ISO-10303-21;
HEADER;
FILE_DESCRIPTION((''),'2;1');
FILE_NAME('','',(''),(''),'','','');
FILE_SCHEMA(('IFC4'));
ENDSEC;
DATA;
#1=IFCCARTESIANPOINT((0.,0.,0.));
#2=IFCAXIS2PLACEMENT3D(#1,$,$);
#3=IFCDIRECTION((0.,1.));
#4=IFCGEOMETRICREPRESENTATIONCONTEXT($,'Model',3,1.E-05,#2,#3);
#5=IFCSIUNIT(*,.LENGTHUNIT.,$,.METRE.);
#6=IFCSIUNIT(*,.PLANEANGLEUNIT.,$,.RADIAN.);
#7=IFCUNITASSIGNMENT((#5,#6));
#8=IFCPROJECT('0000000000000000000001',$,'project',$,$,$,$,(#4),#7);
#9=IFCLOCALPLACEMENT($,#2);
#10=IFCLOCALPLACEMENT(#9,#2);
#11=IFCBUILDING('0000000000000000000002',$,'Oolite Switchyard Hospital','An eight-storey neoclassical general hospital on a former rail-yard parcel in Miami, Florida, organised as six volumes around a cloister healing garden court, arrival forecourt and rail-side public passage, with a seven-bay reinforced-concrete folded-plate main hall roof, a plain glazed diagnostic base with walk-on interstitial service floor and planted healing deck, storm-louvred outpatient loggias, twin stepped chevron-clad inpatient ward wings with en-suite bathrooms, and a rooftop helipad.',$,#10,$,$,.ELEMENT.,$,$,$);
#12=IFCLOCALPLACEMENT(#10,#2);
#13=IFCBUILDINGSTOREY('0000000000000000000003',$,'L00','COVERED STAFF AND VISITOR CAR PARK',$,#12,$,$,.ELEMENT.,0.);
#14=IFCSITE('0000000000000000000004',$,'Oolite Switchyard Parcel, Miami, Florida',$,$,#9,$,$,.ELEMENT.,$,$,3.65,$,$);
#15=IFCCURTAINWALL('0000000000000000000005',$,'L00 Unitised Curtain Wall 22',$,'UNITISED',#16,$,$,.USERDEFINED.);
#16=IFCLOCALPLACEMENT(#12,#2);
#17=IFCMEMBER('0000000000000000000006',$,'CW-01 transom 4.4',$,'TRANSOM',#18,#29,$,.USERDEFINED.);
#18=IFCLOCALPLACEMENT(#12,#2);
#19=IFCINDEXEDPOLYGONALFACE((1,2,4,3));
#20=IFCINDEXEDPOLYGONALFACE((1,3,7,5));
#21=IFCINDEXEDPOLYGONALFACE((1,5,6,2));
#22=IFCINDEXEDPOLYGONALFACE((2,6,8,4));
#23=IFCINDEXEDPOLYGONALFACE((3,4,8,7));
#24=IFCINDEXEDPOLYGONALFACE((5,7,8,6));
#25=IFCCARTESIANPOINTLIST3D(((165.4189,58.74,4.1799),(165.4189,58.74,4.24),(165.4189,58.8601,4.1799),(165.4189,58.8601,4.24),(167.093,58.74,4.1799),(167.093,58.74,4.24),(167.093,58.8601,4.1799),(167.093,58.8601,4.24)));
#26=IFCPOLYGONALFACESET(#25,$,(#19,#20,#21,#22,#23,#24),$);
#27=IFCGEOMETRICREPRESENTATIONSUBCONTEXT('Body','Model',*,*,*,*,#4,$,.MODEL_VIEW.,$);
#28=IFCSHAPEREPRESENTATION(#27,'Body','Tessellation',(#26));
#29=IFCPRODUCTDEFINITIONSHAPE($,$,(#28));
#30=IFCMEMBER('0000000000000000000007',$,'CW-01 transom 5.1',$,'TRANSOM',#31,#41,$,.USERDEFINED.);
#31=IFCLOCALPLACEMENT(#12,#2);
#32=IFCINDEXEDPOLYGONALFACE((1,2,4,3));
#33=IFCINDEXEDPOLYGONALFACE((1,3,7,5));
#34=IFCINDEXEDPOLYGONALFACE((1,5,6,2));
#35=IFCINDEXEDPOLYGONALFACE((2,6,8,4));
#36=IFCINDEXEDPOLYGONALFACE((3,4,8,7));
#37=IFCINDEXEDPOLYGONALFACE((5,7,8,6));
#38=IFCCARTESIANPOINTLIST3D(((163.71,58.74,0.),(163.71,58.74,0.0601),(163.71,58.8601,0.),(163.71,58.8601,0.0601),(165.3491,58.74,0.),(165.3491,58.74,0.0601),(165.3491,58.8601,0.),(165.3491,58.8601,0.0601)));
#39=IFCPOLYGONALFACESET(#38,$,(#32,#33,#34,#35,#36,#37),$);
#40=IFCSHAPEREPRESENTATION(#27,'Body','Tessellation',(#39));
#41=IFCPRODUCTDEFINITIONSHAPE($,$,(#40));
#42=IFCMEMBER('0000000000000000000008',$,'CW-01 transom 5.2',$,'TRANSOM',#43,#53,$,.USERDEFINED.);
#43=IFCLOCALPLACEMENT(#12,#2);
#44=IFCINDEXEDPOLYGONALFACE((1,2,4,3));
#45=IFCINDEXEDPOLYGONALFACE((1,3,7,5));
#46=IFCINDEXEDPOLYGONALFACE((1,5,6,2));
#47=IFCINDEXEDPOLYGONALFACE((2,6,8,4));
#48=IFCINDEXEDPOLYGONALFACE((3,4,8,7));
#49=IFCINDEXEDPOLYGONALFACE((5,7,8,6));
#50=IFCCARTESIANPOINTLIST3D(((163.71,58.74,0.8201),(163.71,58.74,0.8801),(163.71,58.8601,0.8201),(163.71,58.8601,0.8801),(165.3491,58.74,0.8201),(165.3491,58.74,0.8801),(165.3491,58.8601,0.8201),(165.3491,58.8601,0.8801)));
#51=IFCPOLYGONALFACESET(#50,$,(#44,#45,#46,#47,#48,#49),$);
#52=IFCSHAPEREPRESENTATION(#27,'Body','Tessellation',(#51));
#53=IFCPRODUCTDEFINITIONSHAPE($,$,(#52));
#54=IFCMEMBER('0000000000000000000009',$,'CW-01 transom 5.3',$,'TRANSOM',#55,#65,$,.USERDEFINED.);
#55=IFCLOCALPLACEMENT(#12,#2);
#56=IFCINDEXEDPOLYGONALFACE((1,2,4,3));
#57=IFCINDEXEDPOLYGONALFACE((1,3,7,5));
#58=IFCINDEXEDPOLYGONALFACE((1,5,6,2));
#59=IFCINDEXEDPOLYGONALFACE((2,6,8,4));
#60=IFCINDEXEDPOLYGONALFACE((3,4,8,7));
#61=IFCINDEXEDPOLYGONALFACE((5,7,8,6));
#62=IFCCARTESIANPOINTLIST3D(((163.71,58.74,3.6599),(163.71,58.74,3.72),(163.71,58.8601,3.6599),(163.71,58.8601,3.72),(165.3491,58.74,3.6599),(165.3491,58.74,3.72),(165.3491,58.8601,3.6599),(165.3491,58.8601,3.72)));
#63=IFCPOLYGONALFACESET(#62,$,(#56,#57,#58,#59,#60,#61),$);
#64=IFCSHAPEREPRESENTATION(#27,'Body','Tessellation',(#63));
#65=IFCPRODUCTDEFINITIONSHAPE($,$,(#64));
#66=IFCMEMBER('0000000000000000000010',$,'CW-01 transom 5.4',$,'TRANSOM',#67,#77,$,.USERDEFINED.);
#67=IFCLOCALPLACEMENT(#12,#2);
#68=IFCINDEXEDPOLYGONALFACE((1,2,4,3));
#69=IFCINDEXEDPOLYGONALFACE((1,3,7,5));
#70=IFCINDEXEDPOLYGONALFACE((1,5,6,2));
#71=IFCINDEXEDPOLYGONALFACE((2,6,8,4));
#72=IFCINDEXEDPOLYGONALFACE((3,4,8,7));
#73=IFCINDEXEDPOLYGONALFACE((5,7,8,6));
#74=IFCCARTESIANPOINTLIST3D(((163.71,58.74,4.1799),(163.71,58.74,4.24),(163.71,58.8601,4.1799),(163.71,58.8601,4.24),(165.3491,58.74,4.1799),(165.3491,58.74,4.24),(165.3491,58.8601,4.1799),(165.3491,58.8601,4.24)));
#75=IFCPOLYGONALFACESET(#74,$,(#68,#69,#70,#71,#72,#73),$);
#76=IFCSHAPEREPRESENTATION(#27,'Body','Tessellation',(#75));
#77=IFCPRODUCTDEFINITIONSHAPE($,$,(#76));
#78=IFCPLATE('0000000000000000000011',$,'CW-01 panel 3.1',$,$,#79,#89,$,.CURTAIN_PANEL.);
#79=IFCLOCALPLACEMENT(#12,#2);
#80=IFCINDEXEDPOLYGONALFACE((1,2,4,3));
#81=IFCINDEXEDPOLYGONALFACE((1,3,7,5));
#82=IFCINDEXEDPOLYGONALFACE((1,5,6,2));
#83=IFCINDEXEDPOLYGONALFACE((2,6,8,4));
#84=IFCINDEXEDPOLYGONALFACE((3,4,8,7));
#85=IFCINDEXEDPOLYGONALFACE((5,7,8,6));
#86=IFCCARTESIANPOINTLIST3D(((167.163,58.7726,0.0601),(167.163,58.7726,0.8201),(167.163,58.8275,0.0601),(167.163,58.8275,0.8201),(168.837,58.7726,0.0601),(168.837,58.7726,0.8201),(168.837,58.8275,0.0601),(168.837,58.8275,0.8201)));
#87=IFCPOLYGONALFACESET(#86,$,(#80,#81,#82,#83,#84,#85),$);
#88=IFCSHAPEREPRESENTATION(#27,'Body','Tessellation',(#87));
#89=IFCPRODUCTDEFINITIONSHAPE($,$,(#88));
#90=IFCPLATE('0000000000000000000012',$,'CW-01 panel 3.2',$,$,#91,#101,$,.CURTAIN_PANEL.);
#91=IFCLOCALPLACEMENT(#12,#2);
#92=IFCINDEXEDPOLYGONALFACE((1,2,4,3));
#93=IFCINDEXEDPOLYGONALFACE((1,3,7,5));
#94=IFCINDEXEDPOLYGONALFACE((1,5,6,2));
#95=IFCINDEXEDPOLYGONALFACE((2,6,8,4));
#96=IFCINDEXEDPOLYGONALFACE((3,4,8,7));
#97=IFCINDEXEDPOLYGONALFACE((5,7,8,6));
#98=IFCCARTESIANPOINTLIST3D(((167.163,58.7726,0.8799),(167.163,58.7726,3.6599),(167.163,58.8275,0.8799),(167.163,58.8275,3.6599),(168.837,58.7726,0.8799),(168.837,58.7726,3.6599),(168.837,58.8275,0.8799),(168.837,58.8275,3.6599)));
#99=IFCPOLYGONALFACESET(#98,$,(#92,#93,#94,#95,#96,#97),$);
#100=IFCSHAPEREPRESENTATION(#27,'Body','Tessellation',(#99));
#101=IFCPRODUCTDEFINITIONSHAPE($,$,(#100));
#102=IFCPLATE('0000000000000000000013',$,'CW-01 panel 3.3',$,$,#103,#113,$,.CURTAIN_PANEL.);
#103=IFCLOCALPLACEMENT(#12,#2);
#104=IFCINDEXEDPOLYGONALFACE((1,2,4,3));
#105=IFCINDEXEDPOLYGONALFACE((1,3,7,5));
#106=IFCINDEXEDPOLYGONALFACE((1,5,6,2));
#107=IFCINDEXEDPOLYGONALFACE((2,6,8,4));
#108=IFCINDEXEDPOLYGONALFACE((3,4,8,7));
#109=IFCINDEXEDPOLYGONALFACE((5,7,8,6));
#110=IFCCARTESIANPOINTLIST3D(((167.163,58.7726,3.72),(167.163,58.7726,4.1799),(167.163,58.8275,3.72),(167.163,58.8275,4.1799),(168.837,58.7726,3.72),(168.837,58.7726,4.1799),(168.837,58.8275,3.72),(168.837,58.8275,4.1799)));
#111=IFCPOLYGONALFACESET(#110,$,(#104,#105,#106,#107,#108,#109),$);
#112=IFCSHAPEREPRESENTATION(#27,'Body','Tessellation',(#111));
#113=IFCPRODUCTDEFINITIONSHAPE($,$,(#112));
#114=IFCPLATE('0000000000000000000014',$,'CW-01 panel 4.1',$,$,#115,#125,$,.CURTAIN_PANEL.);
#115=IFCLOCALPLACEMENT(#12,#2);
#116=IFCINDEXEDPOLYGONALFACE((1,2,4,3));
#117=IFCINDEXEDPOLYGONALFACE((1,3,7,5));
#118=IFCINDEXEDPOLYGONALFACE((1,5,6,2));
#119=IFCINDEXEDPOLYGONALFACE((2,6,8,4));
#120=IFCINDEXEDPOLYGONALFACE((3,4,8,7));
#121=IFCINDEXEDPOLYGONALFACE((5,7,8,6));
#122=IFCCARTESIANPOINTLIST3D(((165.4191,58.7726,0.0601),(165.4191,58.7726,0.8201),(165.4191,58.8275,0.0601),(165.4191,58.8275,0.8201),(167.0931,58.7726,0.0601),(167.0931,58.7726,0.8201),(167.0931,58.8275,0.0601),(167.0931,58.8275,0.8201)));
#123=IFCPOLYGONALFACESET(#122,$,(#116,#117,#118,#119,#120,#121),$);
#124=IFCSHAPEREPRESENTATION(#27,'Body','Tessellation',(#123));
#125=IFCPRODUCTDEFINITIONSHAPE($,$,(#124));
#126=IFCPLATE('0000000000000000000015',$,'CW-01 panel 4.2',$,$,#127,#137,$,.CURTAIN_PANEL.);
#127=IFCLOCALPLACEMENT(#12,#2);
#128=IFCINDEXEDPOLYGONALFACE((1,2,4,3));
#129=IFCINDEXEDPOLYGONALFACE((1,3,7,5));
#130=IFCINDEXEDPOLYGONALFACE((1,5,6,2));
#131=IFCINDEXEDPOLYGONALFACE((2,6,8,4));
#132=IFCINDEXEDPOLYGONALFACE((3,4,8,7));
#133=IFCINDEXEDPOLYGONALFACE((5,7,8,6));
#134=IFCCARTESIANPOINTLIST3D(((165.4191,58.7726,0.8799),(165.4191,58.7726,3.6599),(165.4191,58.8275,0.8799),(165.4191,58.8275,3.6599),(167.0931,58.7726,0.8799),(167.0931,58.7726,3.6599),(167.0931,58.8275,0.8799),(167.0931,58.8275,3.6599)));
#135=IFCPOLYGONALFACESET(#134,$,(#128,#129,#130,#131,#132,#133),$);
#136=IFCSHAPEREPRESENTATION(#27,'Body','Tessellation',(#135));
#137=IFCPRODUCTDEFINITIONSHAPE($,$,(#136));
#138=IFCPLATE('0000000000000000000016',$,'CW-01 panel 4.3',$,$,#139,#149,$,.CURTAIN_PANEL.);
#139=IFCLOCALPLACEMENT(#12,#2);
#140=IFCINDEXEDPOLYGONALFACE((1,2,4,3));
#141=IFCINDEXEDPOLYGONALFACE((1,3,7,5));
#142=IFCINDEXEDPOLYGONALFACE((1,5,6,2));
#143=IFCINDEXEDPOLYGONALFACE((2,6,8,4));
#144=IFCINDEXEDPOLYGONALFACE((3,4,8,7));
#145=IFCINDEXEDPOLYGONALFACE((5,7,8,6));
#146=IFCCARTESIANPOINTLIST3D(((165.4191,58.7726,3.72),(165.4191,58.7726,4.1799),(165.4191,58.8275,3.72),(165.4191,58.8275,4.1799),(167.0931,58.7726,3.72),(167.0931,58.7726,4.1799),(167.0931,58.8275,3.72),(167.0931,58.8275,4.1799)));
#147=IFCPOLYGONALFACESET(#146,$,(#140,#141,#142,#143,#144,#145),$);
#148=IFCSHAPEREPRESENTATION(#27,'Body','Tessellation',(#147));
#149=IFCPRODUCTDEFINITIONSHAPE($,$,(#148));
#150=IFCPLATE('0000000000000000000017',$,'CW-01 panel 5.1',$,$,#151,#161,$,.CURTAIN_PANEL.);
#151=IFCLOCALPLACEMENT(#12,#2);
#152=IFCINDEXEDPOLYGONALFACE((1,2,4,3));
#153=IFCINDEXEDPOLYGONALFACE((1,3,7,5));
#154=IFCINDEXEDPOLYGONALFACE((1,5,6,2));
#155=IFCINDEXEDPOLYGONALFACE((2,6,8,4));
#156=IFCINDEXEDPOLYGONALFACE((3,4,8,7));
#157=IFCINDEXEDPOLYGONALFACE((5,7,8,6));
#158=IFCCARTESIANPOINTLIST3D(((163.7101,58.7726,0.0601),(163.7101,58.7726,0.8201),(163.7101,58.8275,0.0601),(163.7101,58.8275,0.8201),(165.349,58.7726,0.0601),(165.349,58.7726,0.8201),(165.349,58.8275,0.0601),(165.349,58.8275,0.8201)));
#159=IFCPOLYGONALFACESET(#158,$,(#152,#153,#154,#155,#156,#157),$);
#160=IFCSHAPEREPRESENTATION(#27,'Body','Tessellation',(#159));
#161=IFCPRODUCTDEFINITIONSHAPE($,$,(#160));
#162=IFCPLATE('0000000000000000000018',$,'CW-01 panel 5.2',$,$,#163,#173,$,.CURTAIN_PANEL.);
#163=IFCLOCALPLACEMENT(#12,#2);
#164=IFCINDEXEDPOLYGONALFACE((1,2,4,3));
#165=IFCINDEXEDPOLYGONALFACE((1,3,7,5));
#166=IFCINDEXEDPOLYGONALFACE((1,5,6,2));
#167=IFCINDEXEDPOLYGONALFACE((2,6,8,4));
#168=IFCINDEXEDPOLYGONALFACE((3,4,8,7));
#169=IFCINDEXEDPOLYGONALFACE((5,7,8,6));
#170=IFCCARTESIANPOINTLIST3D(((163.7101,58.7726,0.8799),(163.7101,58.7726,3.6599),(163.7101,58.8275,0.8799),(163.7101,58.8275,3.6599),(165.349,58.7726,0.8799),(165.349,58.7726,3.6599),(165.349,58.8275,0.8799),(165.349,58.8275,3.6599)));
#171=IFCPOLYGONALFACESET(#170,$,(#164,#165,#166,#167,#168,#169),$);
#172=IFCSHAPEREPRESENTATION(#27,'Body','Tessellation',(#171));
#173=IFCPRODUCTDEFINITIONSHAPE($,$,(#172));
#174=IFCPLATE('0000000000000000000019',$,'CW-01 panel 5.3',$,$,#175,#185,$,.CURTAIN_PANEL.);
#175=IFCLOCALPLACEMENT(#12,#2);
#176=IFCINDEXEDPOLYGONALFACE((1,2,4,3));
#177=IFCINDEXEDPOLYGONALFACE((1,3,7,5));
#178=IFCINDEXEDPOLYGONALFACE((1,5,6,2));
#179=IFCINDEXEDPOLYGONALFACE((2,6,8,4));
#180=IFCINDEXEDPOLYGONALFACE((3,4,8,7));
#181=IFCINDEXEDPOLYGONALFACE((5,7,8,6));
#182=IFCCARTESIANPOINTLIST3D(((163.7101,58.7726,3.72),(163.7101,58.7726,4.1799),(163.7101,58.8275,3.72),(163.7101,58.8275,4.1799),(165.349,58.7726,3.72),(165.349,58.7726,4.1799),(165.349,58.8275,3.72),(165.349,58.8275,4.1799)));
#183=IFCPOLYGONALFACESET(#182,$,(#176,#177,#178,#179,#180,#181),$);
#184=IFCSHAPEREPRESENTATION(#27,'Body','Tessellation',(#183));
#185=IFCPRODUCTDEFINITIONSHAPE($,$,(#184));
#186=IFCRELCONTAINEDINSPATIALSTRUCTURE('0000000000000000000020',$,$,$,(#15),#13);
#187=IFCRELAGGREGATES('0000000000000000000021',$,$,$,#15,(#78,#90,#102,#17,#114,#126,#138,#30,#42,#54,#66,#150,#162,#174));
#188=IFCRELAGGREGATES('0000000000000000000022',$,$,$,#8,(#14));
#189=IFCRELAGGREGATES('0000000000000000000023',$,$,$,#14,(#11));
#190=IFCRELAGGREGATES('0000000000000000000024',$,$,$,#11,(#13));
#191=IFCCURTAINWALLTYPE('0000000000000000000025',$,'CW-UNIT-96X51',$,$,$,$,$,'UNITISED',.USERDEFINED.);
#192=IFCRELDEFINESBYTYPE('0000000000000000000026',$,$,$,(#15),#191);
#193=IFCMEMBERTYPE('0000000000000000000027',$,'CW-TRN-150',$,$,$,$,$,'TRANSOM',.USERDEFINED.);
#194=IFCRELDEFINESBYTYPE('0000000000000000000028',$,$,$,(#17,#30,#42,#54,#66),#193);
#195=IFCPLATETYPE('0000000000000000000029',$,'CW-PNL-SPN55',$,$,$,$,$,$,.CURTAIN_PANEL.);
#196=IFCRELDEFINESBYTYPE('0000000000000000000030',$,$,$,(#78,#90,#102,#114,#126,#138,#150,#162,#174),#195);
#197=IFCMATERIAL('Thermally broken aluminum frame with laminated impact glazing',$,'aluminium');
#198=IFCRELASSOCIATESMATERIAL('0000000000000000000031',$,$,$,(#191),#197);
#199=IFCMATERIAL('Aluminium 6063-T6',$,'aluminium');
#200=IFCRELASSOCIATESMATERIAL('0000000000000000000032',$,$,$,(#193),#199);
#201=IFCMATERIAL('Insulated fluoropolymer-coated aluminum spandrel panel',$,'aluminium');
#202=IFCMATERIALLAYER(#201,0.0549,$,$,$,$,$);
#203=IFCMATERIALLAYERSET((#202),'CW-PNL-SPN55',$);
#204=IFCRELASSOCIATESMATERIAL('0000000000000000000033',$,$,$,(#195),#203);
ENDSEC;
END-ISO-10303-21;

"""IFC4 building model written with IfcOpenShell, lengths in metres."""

from ifc_helpers import new_model, si_unit, direction, frame, origin, origin_2d, place, context, subcontext, project, spatial, rectangle, extrude, material, layer, layer_set, material_profile, profile_set, type_object, element, aggregate, save


model = new_model("IFC4")

# Units and contexts
model_context = context("Model", 3, precision=1e-05, world=origin(), true_north=direction((0.0, 1.0)))
body_context = subcontext(model_context, "Body", "Model", "MODEL_VIEW")
ifc_project = project(units=[si_unit("LENGTHUNIT", "METRE"), si_unit("PLANEANGLEUNIT", "RADIAN")], contexts=[model_context])

# Site, building, storey
site_placement = place(None, origin())
site = spatial("IfcSite", under=ifc_project, at=site_placement, Name="Oolite Switchyard Parcel, Miami, Florida", CompositionType="ELEMENT", RefElevation=3.65)
building_placement = place(site_placement, origin())
building = spatial("IfcBuilding", under=site, at=building_placement, Name="Oolite Switchyard Hospital", Description="An eight-storey neoclassical general hospital on a former rail-yard parcel in Miami, Florida, organised as six volumes around a cloister healing garden court, arrival forecourt and rail-side public passage, with a seven-bay reinforced-concrete folded-plate main hall roof, a plain glazed diagnostic base with walk-on interstitial service floor and planted healing deck, storm-louvred outpatient loggias, twin stepped chevron-clad inpatient ward wings with en-suite bathrooms, and a rooftop helipad.", CompositionType="ELEMENT")
storey_placement = place(building_placement, origin())
storey = spatial("IfcBuildingStorey", under=building, at=storey_placement, Name="L00", Description="COVERED STAFF AND VISITOR CAR PARK", CompositionType="ELEMENT", Elevation=0.0)

# Shared definitions
ifc_material_1 = material(Name="Thermally broken aluminum frame with laminated impact glazing", Category="aluminium")
curtain_wall_type = type_object("IfcCurtainWallType", Name="CW-UNIT-96X51", ElementType="UNITISED", PredefinedType="USERDEFINED", material=ifc_material_1)
ifc_material_2 = material(Name="Aluminium 6063-T6", Category="aluminium")

# Curtain wall, members, plates
curtain_wall_1_placement = place(storey_placement, origin())
curtain_wall_1 = element("IfcCurtainWall", 1, at=curtain_wall_1_placement, inside=storey, type_object=curtain_wall_type, Name="L00 Unitised Curtain Wall 22", ObjectType="UNITISED", PredefinedType="USERDEFINED")
ifc_material_profile_1 = material_profile(ifc_material_2, rectangle(XDim=0.1201, YDim=0.0601, at=origin_2d()), Name="CWT60X120")
ifc_profile_set_1 = profile_set([ifc_material_profile_1], Name="Aluminium 6063-T6")
member_type_1 = type_object("IfcMemberType", Name="CW-TRN-150", ElementType="TRANSOM", PredefinedType="USERDEFINED", material=ifc_profile_set_1)
member_1_placement = place(storey_placement, frame((167.093, 58.8, 4.21), z_axis=(-1.0, 0.0, 0.0), x_axis=(0.0, -1.0, 0.0)))
member_1 = element("IfcMember", 2, at=member_1_placement, type_object=member_type_1, Name="CW-01 transom 4.4", ObjectType="TRANSOM", PredefinedType="USERDEFINED", context=body_context, shape_type="SweptSolid", body=[
    extrude(rectangle(XDim=0.1201, YDim=0.0601, at=origin_2d()), origin(), (0.0, 0.0, 1.0), 1.6741),
])
member_2_placement = place(storey_placement, frame((165.3491, 58.8, 0.03), z_axis=(-1.0, 0.0, 0.0), x_axis=(0.0, -1.0, 0.0)))
member_2 = element("IfcMember", 3, at=member_2_placement, type_object=member_type_1, Name="CW-01 transom 5.1", ObjectType="TRANSOM", PredefinedType="USERDEFINED", context=body_context, shape_type="SweptSolid", body=[
    extrude(rectangle(XDim=0.1201, YDim=0.0601, at=origin_2d()), origin(), (0.0, 0.0, 1.0), 1.6392),
])
member_3_placement = place(storey_placement, frame((165.3491, 58.8, 0.8501), z_axis=(-1.0, 0.0, 0.0), x_axis=(0.0, -1.0, 0.0)))
member_3 = element("IfcMember", 4, at=member_3_placement, type_object=member_type_1, Name="CW-01 transom 5.2", ObjectType="TRANSOM", PredefinedType="USERDEFINED", context=body_context, shape_type="SweptSolid", body=[
    extrude(rectangle(XDim=0.1201, YDim=0.0601, at=origin_2d()), origin(), (0.0, 0.0, 1.0), 1.6392),
])
member_4_placement = place(storey_placement, frame((165.3491, 58.8, 3.6899), z_axis=(-1.0, 0.0, 0.0), x_axis=(0.0, -1.0, 0.0)))
member_4 = element("IfcMember", 5, at=member_4_placement, type_object=member_type_1, Name="CW-01 transom 5.3", ObjectType="TRANSOM", PredefinedType="USERDEFINED", context=body_context, shape_type="SweptSolid", body=[
    extrude(rectangle(XDim=0.1201, YDim=0.0601, at=origin_2d()), origin(), (0.0, 0.0, 1.0), 1.6392),
])
member_5_placement = place(storey_placement, frame((165.3491, 58.8, 4.21), z_axis=(-1.0, 0.0, 0.0), x_axis=(0.0, -1.0, 0.0)))
member_5 = element("IfcMember", 6, at=member_5_placement, type_object=member_type_1, Name="CW-01 transom 5.4", ObjectType="TRANSOM", PredefinedType="USERDEFINED", context=body_context, shape_type="SweptSolid", body=[
    extrude(rectangle(XDim=0.1201, YDim=0.0601, at=origin_2d()), origin(), (0.0, 0.0, 1.0), 1.6392),
])
ifc_material_3 = material(Name="Insulated fluoropolymer-coated aluminum spandrel panel", Category="aluminium")
ifc_layer = layer(ifc_material_3, 0.0549)
ifc_layer_set = layer_set([ifc_layer], Name="CW-PNL-SPN55")
plate_type = type_object("IfcPlateType", Name="CW-PNL-SPN55", PredefinedType="CURTAIN_PANEL", material=ifc_layer_set)
plate_1_placement = place(storey_placement, frame((168.0, 58.8, 0.0601), z_axis=(0.0, 0.0, 1.0), x_axis=(-1.0, 0.0, 0.0)))
plate_1 = element("IfcPlate", 7, at=plate_1_placement, type_object=plate_type, Name="CW-01 panel 3.1", PredefinedType="CURTAIN_PANEL", context=body_context, shape_type="SweptSolid", body=[
    extrude(rectangle(XDim=1.6741, YDim=0.0549, at=origin_2d()), origin(), (0.0, 0.0, 1.0), 0.76),
])
plate_2_placement = place(storey_placement, frame((168.0, 58.8, 0.8799), z_axis=(0.0, 0.0, 1.0), x_axis=(-1.0, 0.0, 0.0)))
plate_2 = element("IfcPlate", 8, at=plate_2_placement, type_object=plate_type, Name="CW-01 panel 3.2", PredefinedType="CURTAIN_PANEL", context=body_context, shape_type="SweptSolid", body=[
    extrude(rectangle(XDim=1.6741, YDim=0.0549, at=origin_2d()), origin(), (0.0, 0.0, 1.0), 2.78),
])
plate_3_placement = place(storey_placement, frame((168.0, 58.8, 3.72), z_axis=(0.0, 0.0, 1.0), x_axis=(-1.0, 0.0, 0.0)))
plate_3 = element("IfcPlate", 9, at=plate_3_placement, type_object=plate_type, Name="CW-01 panel 3.3", PredefinedType="CURTAIN_PANEL", context=body_context, shape_type="SweptSolid", body=[
    extrude(rectangle(XDim=1.6741, YDim=0.0549, at=origin_2d()), origin(), (0.0, 0.0, 1.0), 0.46),
])
plate_4_placement = place(storey_placement, frame((166.2561, 58.8, 0.0601), z_axis=(0.0, 0.0, 1.0), x_axis=(-1.0, 0.0, 0.0)))
plate_4 = element("IfcPlate", 10, at=plate_4_placement, type_object=plate_type, Name="CW-01 panel 4.1", PredefinedType="CURTAIN_PANEL", context=body_context, shape_type="SweptSolid", body=[
    extrude(rectangle(XDim=1.6741, YDim=0.0549, at=origin_2d()), origin(), (0.0, 0.0, 1.0), 0.76),
])
plate_5_placement = place(storey_placement, frame((166.2561, 58.8, 0.8799), z_axis=(0.0, 0.0, 1.0), x_axis=(-1.0, 0.0, 0.0)))
plate_5 = element("IfcPlate", 11, at=plate_5_placement, type_object=plate_type, Name="CW-01 panel 4.2", PredefinedType="CURTAIN_PANEL", context=body_context, shape_type="SweptSolid", body=[
    extrude(rectangle(XDim=1.6741, YDim=0.0549, at=origin_2d()), origin(), (0.0, 0.0, 1.0), 2.78),
])
plate_6_placement = place(storey_placement, frame((166.2561, 58.8, 3.72), z_axis=(0.0, 0.0, 1.0), x_axis=(-1.0, 0.0, 0.0)))
plate_6 = element("IfcPlate", 12, at=plate_6_placement, type_object=plate_type, Name="CW-01 panel 4.3", PredefinedType="CURTAIN_PANEL", context=body_context, shape_type="SweptSolid", body=[
    extrude(rectangle(XDim=1.6741, YDim=0.0549, at=origin_2d()), origin(), (0.0, 0.0, 1.0), 0.46),
])
plate_7_placement = place(storey_placement, frame((164.5295, 58.8, 0.0601), z_axis=(0.0, 0.0, 1.0), x_axis=(-1.0, 0.0, 0.0)))
plate_7 = element("IfcPlate", 13, at=plate_7_placement, type_object=plate_type, Name="CW-01 panel 5.1", PredefinedType="CURTAIN_PANEL", context=body_context, shape_type="SweptSolid", body=[
    extrude(rectangle(XDim=1.6389, YDim=0.0549, at=origin_2d()), origin(), (0.0, 0.0, 1.0), 0.76),
])
plate_8_placement = place(storey_placement, frame((164.5295, 58.8, 0.8799), z_axis=(0.0, 0.0, 1.0), x_axis=(-1.0, 0.0, 0.0)))
plate_8 = element("IfcPlate", 14, at=plate_8_placement, type_object=plate_type, Name="CW-01 panel 5.2", PredefinedType="CURTAIN_PANEL", context=body_context, shape_type="SweptSolid", body=[
    extrude(rectangle(XDim=1.6389, YDim=0.0549, at=origin_2d()), origin(), (0.0, 0.0, 1.0), 2.78),
])
plate_9_placement = place(storey_placement, frame((164.5295, 58.8, 3.72), z_axis=(0.0, 0.0, 1.0), x_axis=(-1.0, 0.0, 0.0)))
plate_9 = element("IfcPlate", 15, at=plate_9_placement, type_object=plate_type, Name="CW-01 panel 5.3", PredefinedType="CURTAIN_PANEL", context=body_context, shape_type="SweptSolid", body=[
    extrude(rectangle(XDim=1.6389, YDim=0.0549, at=origin_2d()), origin(), (0.0, 0.0, 1.0), 0.46),
])
aggregate(curtain_wall_1, [plate_1, plate_2, plate_3, member_1, plate_4, plate_5, plate_6, member_2, member_3, member_4, member_5, plate_7, plate_8, plate_9])

save(model, "model.ifc")
